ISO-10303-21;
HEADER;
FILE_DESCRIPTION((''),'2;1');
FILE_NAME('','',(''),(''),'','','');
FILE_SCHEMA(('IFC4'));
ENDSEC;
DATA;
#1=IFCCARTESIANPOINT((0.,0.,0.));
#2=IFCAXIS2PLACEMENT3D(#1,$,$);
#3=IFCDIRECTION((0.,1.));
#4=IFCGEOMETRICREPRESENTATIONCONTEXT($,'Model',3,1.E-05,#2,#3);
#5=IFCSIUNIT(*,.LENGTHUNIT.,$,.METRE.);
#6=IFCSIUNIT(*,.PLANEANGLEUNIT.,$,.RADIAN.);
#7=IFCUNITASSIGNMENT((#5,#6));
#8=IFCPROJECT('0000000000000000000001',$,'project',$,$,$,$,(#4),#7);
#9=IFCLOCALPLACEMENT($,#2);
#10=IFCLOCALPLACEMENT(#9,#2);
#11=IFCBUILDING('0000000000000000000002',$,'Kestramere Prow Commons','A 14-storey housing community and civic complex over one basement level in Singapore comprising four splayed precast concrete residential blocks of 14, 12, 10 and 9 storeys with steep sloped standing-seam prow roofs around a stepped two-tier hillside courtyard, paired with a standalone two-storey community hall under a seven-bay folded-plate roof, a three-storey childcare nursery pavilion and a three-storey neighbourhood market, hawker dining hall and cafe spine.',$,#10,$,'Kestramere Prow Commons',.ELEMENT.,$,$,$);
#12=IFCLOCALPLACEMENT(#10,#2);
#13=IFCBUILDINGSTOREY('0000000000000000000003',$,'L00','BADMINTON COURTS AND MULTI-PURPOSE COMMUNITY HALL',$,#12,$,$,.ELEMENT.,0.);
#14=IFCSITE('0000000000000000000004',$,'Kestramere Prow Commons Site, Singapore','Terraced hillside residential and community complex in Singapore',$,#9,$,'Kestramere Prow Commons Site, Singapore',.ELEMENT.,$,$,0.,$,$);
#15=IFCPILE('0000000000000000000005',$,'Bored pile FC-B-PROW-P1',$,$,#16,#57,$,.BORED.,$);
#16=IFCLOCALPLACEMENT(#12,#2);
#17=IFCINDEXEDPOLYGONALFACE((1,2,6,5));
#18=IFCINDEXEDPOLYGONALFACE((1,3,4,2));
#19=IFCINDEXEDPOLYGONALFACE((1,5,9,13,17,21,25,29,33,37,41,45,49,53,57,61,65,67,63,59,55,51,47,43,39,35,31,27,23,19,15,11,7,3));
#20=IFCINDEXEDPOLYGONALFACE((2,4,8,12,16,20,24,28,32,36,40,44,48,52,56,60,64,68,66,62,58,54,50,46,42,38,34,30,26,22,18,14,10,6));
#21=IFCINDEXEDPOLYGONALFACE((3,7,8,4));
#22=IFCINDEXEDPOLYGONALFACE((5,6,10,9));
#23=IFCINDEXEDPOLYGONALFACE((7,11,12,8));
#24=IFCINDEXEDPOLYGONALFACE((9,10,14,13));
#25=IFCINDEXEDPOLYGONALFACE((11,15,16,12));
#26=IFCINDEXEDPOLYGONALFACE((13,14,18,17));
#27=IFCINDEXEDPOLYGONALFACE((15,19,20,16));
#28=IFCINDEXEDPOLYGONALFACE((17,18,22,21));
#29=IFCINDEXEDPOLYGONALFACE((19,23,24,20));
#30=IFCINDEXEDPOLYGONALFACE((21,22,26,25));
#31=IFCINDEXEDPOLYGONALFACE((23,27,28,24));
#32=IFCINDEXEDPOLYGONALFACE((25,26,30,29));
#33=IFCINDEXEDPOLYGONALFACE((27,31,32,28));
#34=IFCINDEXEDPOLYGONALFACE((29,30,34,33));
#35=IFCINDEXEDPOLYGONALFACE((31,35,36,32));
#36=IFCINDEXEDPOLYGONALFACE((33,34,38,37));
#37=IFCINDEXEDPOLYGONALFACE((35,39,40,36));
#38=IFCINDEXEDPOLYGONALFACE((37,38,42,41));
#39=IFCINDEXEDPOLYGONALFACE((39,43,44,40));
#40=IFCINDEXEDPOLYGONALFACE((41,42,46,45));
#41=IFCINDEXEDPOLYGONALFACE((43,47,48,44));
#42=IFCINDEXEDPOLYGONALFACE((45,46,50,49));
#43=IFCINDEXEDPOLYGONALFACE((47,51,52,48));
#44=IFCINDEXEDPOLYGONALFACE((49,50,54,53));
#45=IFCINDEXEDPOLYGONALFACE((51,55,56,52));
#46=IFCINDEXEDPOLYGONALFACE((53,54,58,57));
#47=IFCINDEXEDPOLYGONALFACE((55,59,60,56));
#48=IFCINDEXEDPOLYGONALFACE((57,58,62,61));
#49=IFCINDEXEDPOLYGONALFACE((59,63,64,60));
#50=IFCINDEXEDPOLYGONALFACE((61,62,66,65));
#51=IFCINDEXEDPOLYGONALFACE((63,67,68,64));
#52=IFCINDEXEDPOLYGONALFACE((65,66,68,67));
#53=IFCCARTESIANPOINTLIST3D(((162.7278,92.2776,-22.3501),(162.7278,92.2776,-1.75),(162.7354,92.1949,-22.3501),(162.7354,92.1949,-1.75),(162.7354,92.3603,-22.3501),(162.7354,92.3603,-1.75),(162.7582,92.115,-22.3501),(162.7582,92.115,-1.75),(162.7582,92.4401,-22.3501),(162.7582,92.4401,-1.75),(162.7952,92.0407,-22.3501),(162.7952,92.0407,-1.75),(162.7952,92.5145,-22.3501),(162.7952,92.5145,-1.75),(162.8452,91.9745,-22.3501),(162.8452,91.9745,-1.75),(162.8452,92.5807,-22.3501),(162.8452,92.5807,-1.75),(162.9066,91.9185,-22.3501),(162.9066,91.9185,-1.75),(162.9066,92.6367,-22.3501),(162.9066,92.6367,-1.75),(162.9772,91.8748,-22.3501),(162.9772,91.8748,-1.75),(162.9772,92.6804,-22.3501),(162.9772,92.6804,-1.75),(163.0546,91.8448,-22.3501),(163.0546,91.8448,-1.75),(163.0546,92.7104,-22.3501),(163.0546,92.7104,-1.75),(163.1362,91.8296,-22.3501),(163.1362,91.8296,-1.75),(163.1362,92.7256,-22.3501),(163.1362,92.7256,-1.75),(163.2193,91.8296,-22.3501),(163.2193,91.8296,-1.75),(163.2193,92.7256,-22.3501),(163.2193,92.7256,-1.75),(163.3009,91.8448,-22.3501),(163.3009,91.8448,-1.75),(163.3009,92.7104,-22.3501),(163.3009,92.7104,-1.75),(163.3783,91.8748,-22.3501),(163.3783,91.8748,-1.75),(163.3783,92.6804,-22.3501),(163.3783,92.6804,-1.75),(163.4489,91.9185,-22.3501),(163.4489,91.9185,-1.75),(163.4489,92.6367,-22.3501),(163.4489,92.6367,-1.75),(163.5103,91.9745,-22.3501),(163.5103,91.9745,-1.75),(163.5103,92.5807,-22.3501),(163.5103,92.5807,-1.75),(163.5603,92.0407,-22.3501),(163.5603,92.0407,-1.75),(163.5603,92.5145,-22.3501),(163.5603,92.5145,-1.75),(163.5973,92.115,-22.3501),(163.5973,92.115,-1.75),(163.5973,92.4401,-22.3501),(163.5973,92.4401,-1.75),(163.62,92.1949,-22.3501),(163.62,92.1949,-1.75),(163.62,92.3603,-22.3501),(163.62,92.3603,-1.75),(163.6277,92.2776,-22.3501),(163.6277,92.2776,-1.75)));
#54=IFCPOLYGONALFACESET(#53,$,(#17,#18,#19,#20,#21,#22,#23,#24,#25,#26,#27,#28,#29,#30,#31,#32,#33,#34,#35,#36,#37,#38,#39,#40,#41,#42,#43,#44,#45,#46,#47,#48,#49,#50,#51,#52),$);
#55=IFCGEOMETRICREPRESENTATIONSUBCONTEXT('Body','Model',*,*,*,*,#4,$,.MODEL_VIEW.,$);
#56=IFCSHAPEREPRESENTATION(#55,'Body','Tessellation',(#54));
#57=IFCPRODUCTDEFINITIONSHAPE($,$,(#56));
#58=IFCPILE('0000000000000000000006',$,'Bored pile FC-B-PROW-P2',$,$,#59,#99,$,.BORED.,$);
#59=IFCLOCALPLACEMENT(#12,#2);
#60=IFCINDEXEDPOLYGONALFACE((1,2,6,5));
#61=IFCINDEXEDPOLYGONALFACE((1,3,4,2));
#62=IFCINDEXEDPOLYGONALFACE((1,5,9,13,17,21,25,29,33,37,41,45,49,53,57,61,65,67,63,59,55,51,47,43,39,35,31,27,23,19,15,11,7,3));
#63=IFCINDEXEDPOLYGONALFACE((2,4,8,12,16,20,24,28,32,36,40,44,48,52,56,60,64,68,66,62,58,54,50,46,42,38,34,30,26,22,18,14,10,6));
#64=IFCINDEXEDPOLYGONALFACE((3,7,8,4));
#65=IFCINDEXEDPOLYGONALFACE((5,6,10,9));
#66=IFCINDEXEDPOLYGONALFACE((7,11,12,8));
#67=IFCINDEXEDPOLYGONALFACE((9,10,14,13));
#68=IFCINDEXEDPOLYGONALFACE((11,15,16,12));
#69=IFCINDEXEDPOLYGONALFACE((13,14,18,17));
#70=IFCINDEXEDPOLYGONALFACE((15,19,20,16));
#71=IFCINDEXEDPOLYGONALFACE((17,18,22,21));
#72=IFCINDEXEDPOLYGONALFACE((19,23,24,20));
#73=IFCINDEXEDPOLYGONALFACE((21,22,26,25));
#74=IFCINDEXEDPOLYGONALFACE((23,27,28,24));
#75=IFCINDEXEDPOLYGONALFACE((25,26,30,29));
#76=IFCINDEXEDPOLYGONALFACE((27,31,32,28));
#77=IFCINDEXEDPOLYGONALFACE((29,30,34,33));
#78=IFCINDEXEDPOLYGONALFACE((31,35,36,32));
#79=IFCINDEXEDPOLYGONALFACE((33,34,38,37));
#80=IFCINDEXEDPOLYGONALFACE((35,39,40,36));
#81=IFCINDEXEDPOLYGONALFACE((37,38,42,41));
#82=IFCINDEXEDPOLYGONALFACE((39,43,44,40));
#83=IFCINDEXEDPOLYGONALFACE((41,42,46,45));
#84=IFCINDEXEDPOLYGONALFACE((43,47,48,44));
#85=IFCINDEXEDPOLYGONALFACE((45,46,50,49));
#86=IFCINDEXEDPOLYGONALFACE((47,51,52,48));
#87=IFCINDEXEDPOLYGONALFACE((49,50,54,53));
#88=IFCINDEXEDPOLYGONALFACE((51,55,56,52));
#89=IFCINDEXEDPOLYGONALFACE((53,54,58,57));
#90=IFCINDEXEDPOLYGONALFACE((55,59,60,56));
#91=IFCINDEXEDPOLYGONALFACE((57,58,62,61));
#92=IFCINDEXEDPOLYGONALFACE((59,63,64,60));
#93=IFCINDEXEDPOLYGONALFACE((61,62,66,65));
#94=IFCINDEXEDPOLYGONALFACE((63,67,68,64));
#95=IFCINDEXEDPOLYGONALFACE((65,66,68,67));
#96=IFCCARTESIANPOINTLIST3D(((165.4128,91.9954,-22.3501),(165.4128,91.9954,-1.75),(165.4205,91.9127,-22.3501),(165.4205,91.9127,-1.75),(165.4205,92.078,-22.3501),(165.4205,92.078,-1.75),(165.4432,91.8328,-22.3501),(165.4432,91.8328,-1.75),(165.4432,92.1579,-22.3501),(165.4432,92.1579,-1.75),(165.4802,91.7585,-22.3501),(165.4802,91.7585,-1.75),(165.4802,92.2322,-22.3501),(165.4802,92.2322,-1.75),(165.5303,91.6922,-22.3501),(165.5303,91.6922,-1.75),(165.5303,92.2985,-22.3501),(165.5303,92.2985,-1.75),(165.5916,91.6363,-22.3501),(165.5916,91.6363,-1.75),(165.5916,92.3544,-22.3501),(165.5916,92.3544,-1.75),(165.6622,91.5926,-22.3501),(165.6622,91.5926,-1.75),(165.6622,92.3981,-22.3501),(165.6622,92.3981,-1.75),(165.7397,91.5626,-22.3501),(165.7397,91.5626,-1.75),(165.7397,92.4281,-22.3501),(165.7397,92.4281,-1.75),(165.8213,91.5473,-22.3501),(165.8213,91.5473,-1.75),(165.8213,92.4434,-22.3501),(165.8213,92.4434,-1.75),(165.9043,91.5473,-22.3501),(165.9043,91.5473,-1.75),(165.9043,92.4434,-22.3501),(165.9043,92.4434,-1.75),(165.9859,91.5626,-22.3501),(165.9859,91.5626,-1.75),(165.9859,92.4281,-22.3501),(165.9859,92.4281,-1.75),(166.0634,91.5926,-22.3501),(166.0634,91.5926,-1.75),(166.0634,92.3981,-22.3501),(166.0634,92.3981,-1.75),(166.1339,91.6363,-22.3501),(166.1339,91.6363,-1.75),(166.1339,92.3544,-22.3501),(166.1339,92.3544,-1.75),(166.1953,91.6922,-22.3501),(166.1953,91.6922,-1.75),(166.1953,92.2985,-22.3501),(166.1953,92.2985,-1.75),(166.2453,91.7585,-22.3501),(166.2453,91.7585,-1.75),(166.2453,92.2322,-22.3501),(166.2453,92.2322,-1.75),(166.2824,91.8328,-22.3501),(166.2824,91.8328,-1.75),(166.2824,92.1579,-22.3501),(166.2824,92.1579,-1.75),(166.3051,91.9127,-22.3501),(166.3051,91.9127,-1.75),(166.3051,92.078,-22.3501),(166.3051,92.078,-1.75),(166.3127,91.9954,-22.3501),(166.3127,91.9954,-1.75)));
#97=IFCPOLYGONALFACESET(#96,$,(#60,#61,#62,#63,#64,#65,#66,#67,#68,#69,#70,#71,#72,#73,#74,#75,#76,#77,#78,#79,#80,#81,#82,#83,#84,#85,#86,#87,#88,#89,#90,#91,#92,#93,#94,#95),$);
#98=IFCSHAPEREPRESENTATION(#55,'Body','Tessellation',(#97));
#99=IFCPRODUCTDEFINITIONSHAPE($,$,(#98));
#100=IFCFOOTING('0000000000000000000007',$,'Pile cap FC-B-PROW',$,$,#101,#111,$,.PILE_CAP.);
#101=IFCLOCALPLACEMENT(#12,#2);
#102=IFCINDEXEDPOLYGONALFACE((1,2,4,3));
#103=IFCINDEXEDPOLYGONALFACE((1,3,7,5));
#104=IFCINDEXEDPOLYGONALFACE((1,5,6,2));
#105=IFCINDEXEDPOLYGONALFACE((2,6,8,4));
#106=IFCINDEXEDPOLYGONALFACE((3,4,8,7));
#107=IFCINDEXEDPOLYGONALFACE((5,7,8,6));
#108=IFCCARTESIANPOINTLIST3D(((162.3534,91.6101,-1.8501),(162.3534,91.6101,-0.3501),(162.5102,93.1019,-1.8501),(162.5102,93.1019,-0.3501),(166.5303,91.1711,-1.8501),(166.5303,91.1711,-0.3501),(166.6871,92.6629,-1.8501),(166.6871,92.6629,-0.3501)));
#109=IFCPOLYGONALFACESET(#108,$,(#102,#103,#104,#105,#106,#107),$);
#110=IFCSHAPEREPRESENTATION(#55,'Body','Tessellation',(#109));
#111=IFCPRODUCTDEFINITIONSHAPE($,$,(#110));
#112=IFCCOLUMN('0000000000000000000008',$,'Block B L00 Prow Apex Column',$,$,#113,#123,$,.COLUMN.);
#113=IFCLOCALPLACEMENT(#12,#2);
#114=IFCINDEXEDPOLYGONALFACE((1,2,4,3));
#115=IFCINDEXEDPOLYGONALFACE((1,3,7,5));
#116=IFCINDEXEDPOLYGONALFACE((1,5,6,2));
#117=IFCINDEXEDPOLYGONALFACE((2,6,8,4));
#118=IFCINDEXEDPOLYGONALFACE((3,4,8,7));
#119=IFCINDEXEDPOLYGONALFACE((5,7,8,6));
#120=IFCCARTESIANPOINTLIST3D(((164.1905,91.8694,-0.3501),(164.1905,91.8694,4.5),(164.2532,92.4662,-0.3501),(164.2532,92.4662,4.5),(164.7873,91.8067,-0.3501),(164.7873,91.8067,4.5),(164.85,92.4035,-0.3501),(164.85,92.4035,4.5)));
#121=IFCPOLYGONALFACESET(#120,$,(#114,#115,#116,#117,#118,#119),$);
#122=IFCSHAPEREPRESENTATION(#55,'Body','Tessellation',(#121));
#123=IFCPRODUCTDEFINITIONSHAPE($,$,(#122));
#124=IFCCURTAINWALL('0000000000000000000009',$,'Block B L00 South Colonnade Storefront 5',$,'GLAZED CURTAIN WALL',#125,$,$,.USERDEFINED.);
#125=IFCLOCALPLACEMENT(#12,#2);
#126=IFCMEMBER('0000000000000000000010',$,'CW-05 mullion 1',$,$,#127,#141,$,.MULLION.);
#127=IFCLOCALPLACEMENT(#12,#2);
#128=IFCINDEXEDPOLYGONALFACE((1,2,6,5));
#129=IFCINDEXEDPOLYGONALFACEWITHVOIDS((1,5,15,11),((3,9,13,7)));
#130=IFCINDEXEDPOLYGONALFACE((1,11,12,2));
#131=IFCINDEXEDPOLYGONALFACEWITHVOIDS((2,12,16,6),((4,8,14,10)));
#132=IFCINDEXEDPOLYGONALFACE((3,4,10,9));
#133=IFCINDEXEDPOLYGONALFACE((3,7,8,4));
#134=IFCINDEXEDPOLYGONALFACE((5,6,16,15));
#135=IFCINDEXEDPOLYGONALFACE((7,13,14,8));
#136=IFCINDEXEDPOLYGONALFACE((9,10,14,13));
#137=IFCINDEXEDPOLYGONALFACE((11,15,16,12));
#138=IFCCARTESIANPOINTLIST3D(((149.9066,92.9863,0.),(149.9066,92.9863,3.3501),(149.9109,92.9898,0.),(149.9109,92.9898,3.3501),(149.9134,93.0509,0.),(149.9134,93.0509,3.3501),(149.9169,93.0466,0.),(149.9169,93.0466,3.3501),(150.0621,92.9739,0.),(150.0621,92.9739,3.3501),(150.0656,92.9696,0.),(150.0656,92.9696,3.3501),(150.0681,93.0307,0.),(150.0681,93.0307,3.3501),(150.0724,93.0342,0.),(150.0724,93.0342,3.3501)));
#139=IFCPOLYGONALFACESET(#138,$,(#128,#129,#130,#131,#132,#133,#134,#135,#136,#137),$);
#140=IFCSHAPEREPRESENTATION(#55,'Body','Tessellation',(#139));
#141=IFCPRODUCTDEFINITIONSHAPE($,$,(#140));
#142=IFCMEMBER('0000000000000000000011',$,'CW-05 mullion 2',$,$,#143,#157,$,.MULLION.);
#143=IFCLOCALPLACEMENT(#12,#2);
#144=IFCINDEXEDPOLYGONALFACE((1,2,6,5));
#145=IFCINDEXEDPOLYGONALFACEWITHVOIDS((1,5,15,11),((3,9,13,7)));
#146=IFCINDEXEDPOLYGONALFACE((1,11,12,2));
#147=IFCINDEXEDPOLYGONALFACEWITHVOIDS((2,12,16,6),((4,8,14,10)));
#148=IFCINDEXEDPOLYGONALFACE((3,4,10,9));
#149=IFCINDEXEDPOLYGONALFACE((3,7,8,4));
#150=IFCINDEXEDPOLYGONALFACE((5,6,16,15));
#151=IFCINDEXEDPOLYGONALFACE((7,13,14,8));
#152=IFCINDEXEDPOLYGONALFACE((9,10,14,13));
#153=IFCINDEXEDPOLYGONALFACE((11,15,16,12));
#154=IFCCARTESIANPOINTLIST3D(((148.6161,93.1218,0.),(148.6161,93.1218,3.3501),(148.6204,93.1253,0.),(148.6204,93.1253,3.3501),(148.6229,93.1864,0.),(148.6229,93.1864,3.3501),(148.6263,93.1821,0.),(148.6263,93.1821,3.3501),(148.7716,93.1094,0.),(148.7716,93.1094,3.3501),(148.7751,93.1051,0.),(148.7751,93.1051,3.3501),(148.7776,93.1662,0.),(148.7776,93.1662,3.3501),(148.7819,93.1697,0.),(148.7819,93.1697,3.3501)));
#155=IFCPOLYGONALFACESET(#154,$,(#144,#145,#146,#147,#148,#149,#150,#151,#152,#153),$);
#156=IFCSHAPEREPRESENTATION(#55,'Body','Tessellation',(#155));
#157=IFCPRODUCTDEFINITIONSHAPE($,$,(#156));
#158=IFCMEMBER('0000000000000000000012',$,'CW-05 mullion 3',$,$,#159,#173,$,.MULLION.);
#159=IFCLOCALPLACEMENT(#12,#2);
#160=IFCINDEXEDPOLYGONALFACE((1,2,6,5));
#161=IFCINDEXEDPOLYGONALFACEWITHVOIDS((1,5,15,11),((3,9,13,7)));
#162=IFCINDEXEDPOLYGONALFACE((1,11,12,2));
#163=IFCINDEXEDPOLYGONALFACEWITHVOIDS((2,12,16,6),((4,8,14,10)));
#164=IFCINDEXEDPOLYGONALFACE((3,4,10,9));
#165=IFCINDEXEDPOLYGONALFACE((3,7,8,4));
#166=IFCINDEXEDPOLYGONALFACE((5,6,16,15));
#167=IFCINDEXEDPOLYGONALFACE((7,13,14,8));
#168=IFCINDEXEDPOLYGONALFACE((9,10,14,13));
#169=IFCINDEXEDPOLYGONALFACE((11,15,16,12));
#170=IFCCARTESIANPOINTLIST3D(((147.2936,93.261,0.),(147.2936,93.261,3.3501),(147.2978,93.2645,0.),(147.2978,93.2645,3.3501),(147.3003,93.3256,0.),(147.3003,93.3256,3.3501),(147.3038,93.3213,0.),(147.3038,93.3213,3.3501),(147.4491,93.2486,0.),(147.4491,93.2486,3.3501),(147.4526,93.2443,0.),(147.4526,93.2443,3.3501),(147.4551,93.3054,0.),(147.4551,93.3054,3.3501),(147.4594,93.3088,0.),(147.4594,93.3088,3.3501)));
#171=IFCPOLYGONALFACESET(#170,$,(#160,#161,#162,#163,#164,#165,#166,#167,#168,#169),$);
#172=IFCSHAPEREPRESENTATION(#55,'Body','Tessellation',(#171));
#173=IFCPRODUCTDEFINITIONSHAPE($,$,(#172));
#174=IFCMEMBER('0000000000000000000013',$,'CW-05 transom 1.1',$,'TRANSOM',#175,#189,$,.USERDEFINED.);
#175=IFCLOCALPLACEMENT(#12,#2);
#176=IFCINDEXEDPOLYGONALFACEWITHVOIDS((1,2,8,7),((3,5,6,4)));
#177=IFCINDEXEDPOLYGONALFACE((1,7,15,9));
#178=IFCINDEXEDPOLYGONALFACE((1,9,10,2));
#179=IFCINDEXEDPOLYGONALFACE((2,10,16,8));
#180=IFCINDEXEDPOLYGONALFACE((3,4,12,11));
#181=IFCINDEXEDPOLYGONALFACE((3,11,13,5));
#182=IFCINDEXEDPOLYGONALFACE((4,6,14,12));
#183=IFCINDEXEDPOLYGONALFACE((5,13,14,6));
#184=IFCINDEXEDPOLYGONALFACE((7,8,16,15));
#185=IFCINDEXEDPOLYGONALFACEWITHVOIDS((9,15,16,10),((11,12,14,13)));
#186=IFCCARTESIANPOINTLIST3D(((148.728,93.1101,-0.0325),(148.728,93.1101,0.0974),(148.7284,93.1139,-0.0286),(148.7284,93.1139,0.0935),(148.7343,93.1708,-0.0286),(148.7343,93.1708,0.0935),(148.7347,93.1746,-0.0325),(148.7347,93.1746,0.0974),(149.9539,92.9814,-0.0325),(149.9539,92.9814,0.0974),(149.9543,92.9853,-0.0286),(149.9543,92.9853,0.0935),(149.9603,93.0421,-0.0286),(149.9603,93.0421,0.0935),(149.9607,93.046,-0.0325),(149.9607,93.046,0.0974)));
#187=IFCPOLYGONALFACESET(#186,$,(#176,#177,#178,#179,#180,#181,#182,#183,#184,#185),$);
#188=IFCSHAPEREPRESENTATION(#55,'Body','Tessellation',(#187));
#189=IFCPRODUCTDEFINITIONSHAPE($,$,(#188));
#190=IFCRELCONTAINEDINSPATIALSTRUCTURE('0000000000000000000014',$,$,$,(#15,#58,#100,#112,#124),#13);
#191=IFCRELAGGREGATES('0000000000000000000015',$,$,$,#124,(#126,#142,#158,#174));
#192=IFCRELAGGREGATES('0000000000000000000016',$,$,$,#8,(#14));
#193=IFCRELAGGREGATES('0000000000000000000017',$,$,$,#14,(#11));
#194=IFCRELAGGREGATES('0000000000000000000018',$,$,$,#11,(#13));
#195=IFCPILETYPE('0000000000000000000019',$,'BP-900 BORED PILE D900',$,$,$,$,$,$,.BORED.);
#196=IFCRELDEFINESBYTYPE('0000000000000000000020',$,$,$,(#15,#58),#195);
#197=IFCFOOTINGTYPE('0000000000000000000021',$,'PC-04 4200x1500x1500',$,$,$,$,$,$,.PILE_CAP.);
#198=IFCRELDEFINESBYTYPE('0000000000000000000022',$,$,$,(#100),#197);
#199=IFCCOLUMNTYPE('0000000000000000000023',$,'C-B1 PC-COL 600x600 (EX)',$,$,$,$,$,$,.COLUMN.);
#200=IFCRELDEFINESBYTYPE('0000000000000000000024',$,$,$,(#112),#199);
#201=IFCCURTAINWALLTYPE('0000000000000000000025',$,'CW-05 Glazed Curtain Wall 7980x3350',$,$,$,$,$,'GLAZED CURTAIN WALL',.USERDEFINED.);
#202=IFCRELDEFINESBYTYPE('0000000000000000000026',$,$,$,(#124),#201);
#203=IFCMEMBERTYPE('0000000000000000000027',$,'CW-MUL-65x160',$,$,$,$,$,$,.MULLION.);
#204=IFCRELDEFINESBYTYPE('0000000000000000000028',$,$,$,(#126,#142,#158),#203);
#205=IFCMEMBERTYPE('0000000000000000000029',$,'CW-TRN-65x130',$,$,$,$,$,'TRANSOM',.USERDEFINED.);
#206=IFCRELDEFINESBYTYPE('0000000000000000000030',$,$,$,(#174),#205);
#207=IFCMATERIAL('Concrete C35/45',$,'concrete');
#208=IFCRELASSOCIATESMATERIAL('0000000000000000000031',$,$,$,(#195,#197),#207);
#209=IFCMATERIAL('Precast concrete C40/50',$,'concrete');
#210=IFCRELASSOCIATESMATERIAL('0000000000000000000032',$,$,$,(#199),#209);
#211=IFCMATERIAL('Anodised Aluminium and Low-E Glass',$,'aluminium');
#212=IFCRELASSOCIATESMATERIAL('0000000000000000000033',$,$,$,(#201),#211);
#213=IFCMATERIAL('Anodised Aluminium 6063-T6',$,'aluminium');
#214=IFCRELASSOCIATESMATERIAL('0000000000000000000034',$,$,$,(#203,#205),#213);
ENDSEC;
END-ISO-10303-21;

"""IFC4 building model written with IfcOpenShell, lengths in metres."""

from ifc_helpers import new_model, si_unit, direction, frame, origin, origin_2d, place, context, subcontext, project, spatial, rectangle, hollow_rectangle, circle, extrude, material, material_profile, profile_set, type_object, element, aggregate, save


model = new_model("IFC4")

# Units and contexts
model_context = context("Model", 3, precision=1e-05, world=origin(), true_north=direction((0.0, 1.0)))
body_context = subcontext(model_context, "Body", "Model", "MODEL_VIEW")
ifc_project = project(units=[si_unit("LENGTHUNIT", "METRE"), si_unit("PLANEANGLEUNIT", "RADIAN")], contexts=[model_context])

# Site, building, storey
site_placement = place(None, origin())
site = spatial("IfcSite", under=ifc_project, at=site_placement, Name="Kestramere Prow Commons Site, Singapore", Description="Terraced hillside residential and community complex in Singapore", LongName="Kestramere Prow Commons Site, Singapore", CompositionType="ELEMENT", RefElevation=0.0)
building_placement = place(site_placement, origin())
building = spatial("IfcBuilding", under=site, at=building_placement, Name="Kestramere Prow Commons", Description="A 14-storey housing community and civic complex over one basement level in Singapore comprising four splayed precast concrete residential blocks of 14, 12, 10 and 9 storeys with steep sloped standing-seam prow roofs around a stepped two-tier hillside courtyard, paired with a standalone two-storey community hall under a seven-bay folded-plate roof, a three-storey childcare nursery pavilion and a three-storey neighbourhood market, hawker dining hall and cafe spine.", LongName="Kestramere Prow Commons", CompositionType="ELEMENT")
storey_placement = place(building_placement, origin())
storey = spatial("IfcBuildingStorey", under=building, at=storey_placement, Name="L00", Description="BADMINTON COURTS AND MULTI-PURPOSE COMMUNITY HALL", CompositionType="ELEMENT", Elevation=0.0)

# Piles
ifc_material_1 = material(Name="Concrete C35/45", Category="concrete")
ifc_material_profile_1 = material_profile(ifc_material_1, circle(Radius=0.45, at=origin_2d()), Name="BORED PILE D900")
ifc_profile_set_1 = profile_set([ifc_material_profile_1], Name="Concrete C35/45")
pile_type = type_object("IfcPileType", Name="BP-900 BORED PILE D900", PredefinedType="BORED", material=ifc_profile_set_1)
for number, where, z_axis, x_axis, name in (
    (1, (163.1777, 92.2776, -1.75), (0.0, 0.0, -1.0), (1.0, 0.0, 0.0), "Bored pile FC-B-PROW-P1"),
    (2, (165.8628, 91.9954, -1.75), (0.0, 0.0, -1.0), (1.0, 0.0, 0.0), "Bored pile FC-B-PROW-P2"),
):
    element("IfcPile", number, at=place(storey_placement, frame(where, z_axis=z_axis, x_axis=x_axis)), inside=storey, type_object=pile_type, Name=name, PredefinedType="BORED", context=body_context, shape_type="SweptSolid", body=[
        extrude(circle(Radius=0.45, at=origin_2d()), origin(), (0.0, 0.0, 1.0), 20.6001),
    ])

# Footing
footing_type = type_object("IfcFootingType", Name="PC-04 4200x1500x1500", PredefinedType="PILE_CAP", material=ifc_material_1)
footing_placement = place(storey_placement, frame((164.5203, 92.1365, -1.8501), z_axis=(0.0, 0.0, 1.0), x_axis=(0.994522, -0.104528, 0.0)))
element("IfcFooting", 3, at=footing_placement, inside=storey, type_object=footing_type, Name="Pile cap FC-B-PROW", PredefinedType="PILE_CAP", context=body_context, shape_type="SweptSolid", body=[
    extrude(rectangle(XDim=4.2, YDim=1.5, at=origin_2d()), origin(), (0.0, 0.0, 1.0), 1.5),
])

# Column
ifc_material_2 = material(Name="Precast concrete C40/50", Category="concrete")
ifc_material_profile_2 = material_profile(ifc_material_2, rectangle(XDim=0.6001, YDim=0.6001, at=origin_2d()), Name="PC-COL 600x600")
ifc_profile_set_2 = profile_set([ifc_material_profile_2], Name="Precast concrete C40/50")
column_type = type_object("IfcColumnType", Name="C-B1 PC-COL 600x600 (EX)", PredefinedType="COLUMN", material=ifc_profile_set_2)
column_placement = place(storey_placement, frame((164.5203, 92.1365, -0.3501), z_axis=(0.0, 0.0, 1.0), x_axis=(0.994522, -0.104528, 0.0)))
element("IfcColumn", 4, at=column_placement, inside=storey, type_object=column_type, Name="Block B L00 Prow Apex Column", PredefinedType="COLUMN", context=body_context, shape_type="SweptSolid", body=[
    extrude(rectangle(XDim=0.6001, YDim=0.6001, at=origin_2d()), origin(), (0.0, 0.0, 1.0), 4.8501),
])

# Curtain wall, members
ifc_material_3 = material(Name="Anodised Aluminium and Low-E Glass", Category="aluminium")
curtain_wall_type = type_object("IfcCurtainWallType", Name="CW-05 Glazed Curtain Wall 7980x3350", ElementType="GLAZED CURTAIN WALL", PredefinedType="USERDEFINED", material=ifc_material_3)
curtain_wall_placement = place(storey_placement, origin())
curtain_wall = element("IfcCurtainWall", 5, at=curtain_wall_placement, inside=storey, type_object=curtain_wall_type, Name="Block B L00 South Colonnade Storefront 5", ObjectType="GLAZED CURTAIN WALL", PredefinedType="USERDEFINED")
ifc_material_4 = material(Name="Anodised Aluminium 6063-T6", Category="aluminium")
ifc_material_profile_3 = material_profile(ifc_material_4, hollow_rectangle(XDim=0.0649, YDim=0.1599, WallThickness=0.0039, at=origin_2d()), Name="ALU-MUL 65x160")
ifc_profile_set_3 = profile_set([ifc_material_profile_3], Name="Anodised Aluminium 6063-T6")
member_type_1 = type_object("IfcMemberType", Name="CW-MUL-65x160", PredefinedType="MULLION", material=ifc_profile_set_3)
member_1_placement = place(storey_placement, frame((149.9895, 93.0103, 0.0), z_axis=(0.0, 0.0, 1.0), x_axis=(-0.104528, -0.994522, 0.0)))
member_1 = element("IfcMember", 6, at=member_1_placement, type_object=member_type_1, Name="CW-05 mullion 1", PredefinedType="MULLION", context=body_context, shape_type="SweptSolid", body=[
    extrude(hollow_rectangle(XDim=0.0649, YDim=0.1599, WallThickness=0.0039, at=origin_2d()), origin(), (0.0, 0.0, 1.0), 3.3501),
])
member_2_placement = place(storey_placement, frame((148.699, 93.1458, 0.0), z_axis=(0.0, 0.0, 1.0), x_axis=(-0.104528, -0.994522, 0.0)))
member_2 = element("IfcMember", 7, at=member_2_placement, type_object=member_type_1, Name="CW-05 mullion 2", PredefinedType="MULLION", context=body_context, shape_type="SweptSolid", body=[
    extrude(hollow_rectangle(XDim=0.0649, YDim=0.1599, WallThickness=0.0039, at=origin_2d()), origin(), (0.0, 0.0, 1.0), 3.3501),
])
member_3_placement = place(storey_placement, frame((147.3765, 93.2849, 0.0), z_axis=(0.0, 0.0, 1.0), x_axis=(-0.104528, -0.994522, 0.0)))
member_3 = element("IfcMember", 8, at=member_3_placement, type_object=member_type_1, Name="CW-05 mullion 3", PredefinedType="MULLION", context=body_context, shape_type="SweptSolid", body=[
    extrude(hollow_rectangle(XDim=0.0649, YDim=0.1599, WallThickness=0.0039, at=origin_2d()), origin(), (0.0, 0.0, 1.0), 3.3501),
])
ifc_material_profile_4 = material_profile(ifc_material_4, hollow_rectangle(XDim=0.0649, YDim=0.1299, WallThickness=0.0039, at=origin_2d()), Name="ALU-TRN 65x130")
ifc_profile_set_4 = profile_set([ifc_material_profile_4], Name="Anodised Aluminium 6063-T6")
member_type_2 = type_object("IfcMemberType", Name="CW-TRN-65x130", ElementType="TRANSOM", PredefinedType="USERDEFINED", material=ifc_profile_set_4)
member_4_placement = place(storey_placement, frame((149.9573, 93.0137, 0.0325), z_axis=(-0.994537, 0.104386, 0.0), x_axis=(-0.104386, -0.994537, 0.0)))
member_4 = element("IfcMember", 9, at=member_4_placement, type_object=member_type_2, Name="CW-05 transom 1.1", ObjectType="TRANSOM", PredefinedType="USERDEFINED", context=body_context, shape_type="SweptSolid", body=[
    extrude(hollow_rectangle(XDim=0.0649, YDim=0.1299, WallThickness=0.0039, at=origin_2d()), origin(), (0.0, 0.0, 1.0), 1.2327),
])

aggregate(curtain_wall, [member_1, member_2, member_3, member_4])

save(model, "model.ifc")
